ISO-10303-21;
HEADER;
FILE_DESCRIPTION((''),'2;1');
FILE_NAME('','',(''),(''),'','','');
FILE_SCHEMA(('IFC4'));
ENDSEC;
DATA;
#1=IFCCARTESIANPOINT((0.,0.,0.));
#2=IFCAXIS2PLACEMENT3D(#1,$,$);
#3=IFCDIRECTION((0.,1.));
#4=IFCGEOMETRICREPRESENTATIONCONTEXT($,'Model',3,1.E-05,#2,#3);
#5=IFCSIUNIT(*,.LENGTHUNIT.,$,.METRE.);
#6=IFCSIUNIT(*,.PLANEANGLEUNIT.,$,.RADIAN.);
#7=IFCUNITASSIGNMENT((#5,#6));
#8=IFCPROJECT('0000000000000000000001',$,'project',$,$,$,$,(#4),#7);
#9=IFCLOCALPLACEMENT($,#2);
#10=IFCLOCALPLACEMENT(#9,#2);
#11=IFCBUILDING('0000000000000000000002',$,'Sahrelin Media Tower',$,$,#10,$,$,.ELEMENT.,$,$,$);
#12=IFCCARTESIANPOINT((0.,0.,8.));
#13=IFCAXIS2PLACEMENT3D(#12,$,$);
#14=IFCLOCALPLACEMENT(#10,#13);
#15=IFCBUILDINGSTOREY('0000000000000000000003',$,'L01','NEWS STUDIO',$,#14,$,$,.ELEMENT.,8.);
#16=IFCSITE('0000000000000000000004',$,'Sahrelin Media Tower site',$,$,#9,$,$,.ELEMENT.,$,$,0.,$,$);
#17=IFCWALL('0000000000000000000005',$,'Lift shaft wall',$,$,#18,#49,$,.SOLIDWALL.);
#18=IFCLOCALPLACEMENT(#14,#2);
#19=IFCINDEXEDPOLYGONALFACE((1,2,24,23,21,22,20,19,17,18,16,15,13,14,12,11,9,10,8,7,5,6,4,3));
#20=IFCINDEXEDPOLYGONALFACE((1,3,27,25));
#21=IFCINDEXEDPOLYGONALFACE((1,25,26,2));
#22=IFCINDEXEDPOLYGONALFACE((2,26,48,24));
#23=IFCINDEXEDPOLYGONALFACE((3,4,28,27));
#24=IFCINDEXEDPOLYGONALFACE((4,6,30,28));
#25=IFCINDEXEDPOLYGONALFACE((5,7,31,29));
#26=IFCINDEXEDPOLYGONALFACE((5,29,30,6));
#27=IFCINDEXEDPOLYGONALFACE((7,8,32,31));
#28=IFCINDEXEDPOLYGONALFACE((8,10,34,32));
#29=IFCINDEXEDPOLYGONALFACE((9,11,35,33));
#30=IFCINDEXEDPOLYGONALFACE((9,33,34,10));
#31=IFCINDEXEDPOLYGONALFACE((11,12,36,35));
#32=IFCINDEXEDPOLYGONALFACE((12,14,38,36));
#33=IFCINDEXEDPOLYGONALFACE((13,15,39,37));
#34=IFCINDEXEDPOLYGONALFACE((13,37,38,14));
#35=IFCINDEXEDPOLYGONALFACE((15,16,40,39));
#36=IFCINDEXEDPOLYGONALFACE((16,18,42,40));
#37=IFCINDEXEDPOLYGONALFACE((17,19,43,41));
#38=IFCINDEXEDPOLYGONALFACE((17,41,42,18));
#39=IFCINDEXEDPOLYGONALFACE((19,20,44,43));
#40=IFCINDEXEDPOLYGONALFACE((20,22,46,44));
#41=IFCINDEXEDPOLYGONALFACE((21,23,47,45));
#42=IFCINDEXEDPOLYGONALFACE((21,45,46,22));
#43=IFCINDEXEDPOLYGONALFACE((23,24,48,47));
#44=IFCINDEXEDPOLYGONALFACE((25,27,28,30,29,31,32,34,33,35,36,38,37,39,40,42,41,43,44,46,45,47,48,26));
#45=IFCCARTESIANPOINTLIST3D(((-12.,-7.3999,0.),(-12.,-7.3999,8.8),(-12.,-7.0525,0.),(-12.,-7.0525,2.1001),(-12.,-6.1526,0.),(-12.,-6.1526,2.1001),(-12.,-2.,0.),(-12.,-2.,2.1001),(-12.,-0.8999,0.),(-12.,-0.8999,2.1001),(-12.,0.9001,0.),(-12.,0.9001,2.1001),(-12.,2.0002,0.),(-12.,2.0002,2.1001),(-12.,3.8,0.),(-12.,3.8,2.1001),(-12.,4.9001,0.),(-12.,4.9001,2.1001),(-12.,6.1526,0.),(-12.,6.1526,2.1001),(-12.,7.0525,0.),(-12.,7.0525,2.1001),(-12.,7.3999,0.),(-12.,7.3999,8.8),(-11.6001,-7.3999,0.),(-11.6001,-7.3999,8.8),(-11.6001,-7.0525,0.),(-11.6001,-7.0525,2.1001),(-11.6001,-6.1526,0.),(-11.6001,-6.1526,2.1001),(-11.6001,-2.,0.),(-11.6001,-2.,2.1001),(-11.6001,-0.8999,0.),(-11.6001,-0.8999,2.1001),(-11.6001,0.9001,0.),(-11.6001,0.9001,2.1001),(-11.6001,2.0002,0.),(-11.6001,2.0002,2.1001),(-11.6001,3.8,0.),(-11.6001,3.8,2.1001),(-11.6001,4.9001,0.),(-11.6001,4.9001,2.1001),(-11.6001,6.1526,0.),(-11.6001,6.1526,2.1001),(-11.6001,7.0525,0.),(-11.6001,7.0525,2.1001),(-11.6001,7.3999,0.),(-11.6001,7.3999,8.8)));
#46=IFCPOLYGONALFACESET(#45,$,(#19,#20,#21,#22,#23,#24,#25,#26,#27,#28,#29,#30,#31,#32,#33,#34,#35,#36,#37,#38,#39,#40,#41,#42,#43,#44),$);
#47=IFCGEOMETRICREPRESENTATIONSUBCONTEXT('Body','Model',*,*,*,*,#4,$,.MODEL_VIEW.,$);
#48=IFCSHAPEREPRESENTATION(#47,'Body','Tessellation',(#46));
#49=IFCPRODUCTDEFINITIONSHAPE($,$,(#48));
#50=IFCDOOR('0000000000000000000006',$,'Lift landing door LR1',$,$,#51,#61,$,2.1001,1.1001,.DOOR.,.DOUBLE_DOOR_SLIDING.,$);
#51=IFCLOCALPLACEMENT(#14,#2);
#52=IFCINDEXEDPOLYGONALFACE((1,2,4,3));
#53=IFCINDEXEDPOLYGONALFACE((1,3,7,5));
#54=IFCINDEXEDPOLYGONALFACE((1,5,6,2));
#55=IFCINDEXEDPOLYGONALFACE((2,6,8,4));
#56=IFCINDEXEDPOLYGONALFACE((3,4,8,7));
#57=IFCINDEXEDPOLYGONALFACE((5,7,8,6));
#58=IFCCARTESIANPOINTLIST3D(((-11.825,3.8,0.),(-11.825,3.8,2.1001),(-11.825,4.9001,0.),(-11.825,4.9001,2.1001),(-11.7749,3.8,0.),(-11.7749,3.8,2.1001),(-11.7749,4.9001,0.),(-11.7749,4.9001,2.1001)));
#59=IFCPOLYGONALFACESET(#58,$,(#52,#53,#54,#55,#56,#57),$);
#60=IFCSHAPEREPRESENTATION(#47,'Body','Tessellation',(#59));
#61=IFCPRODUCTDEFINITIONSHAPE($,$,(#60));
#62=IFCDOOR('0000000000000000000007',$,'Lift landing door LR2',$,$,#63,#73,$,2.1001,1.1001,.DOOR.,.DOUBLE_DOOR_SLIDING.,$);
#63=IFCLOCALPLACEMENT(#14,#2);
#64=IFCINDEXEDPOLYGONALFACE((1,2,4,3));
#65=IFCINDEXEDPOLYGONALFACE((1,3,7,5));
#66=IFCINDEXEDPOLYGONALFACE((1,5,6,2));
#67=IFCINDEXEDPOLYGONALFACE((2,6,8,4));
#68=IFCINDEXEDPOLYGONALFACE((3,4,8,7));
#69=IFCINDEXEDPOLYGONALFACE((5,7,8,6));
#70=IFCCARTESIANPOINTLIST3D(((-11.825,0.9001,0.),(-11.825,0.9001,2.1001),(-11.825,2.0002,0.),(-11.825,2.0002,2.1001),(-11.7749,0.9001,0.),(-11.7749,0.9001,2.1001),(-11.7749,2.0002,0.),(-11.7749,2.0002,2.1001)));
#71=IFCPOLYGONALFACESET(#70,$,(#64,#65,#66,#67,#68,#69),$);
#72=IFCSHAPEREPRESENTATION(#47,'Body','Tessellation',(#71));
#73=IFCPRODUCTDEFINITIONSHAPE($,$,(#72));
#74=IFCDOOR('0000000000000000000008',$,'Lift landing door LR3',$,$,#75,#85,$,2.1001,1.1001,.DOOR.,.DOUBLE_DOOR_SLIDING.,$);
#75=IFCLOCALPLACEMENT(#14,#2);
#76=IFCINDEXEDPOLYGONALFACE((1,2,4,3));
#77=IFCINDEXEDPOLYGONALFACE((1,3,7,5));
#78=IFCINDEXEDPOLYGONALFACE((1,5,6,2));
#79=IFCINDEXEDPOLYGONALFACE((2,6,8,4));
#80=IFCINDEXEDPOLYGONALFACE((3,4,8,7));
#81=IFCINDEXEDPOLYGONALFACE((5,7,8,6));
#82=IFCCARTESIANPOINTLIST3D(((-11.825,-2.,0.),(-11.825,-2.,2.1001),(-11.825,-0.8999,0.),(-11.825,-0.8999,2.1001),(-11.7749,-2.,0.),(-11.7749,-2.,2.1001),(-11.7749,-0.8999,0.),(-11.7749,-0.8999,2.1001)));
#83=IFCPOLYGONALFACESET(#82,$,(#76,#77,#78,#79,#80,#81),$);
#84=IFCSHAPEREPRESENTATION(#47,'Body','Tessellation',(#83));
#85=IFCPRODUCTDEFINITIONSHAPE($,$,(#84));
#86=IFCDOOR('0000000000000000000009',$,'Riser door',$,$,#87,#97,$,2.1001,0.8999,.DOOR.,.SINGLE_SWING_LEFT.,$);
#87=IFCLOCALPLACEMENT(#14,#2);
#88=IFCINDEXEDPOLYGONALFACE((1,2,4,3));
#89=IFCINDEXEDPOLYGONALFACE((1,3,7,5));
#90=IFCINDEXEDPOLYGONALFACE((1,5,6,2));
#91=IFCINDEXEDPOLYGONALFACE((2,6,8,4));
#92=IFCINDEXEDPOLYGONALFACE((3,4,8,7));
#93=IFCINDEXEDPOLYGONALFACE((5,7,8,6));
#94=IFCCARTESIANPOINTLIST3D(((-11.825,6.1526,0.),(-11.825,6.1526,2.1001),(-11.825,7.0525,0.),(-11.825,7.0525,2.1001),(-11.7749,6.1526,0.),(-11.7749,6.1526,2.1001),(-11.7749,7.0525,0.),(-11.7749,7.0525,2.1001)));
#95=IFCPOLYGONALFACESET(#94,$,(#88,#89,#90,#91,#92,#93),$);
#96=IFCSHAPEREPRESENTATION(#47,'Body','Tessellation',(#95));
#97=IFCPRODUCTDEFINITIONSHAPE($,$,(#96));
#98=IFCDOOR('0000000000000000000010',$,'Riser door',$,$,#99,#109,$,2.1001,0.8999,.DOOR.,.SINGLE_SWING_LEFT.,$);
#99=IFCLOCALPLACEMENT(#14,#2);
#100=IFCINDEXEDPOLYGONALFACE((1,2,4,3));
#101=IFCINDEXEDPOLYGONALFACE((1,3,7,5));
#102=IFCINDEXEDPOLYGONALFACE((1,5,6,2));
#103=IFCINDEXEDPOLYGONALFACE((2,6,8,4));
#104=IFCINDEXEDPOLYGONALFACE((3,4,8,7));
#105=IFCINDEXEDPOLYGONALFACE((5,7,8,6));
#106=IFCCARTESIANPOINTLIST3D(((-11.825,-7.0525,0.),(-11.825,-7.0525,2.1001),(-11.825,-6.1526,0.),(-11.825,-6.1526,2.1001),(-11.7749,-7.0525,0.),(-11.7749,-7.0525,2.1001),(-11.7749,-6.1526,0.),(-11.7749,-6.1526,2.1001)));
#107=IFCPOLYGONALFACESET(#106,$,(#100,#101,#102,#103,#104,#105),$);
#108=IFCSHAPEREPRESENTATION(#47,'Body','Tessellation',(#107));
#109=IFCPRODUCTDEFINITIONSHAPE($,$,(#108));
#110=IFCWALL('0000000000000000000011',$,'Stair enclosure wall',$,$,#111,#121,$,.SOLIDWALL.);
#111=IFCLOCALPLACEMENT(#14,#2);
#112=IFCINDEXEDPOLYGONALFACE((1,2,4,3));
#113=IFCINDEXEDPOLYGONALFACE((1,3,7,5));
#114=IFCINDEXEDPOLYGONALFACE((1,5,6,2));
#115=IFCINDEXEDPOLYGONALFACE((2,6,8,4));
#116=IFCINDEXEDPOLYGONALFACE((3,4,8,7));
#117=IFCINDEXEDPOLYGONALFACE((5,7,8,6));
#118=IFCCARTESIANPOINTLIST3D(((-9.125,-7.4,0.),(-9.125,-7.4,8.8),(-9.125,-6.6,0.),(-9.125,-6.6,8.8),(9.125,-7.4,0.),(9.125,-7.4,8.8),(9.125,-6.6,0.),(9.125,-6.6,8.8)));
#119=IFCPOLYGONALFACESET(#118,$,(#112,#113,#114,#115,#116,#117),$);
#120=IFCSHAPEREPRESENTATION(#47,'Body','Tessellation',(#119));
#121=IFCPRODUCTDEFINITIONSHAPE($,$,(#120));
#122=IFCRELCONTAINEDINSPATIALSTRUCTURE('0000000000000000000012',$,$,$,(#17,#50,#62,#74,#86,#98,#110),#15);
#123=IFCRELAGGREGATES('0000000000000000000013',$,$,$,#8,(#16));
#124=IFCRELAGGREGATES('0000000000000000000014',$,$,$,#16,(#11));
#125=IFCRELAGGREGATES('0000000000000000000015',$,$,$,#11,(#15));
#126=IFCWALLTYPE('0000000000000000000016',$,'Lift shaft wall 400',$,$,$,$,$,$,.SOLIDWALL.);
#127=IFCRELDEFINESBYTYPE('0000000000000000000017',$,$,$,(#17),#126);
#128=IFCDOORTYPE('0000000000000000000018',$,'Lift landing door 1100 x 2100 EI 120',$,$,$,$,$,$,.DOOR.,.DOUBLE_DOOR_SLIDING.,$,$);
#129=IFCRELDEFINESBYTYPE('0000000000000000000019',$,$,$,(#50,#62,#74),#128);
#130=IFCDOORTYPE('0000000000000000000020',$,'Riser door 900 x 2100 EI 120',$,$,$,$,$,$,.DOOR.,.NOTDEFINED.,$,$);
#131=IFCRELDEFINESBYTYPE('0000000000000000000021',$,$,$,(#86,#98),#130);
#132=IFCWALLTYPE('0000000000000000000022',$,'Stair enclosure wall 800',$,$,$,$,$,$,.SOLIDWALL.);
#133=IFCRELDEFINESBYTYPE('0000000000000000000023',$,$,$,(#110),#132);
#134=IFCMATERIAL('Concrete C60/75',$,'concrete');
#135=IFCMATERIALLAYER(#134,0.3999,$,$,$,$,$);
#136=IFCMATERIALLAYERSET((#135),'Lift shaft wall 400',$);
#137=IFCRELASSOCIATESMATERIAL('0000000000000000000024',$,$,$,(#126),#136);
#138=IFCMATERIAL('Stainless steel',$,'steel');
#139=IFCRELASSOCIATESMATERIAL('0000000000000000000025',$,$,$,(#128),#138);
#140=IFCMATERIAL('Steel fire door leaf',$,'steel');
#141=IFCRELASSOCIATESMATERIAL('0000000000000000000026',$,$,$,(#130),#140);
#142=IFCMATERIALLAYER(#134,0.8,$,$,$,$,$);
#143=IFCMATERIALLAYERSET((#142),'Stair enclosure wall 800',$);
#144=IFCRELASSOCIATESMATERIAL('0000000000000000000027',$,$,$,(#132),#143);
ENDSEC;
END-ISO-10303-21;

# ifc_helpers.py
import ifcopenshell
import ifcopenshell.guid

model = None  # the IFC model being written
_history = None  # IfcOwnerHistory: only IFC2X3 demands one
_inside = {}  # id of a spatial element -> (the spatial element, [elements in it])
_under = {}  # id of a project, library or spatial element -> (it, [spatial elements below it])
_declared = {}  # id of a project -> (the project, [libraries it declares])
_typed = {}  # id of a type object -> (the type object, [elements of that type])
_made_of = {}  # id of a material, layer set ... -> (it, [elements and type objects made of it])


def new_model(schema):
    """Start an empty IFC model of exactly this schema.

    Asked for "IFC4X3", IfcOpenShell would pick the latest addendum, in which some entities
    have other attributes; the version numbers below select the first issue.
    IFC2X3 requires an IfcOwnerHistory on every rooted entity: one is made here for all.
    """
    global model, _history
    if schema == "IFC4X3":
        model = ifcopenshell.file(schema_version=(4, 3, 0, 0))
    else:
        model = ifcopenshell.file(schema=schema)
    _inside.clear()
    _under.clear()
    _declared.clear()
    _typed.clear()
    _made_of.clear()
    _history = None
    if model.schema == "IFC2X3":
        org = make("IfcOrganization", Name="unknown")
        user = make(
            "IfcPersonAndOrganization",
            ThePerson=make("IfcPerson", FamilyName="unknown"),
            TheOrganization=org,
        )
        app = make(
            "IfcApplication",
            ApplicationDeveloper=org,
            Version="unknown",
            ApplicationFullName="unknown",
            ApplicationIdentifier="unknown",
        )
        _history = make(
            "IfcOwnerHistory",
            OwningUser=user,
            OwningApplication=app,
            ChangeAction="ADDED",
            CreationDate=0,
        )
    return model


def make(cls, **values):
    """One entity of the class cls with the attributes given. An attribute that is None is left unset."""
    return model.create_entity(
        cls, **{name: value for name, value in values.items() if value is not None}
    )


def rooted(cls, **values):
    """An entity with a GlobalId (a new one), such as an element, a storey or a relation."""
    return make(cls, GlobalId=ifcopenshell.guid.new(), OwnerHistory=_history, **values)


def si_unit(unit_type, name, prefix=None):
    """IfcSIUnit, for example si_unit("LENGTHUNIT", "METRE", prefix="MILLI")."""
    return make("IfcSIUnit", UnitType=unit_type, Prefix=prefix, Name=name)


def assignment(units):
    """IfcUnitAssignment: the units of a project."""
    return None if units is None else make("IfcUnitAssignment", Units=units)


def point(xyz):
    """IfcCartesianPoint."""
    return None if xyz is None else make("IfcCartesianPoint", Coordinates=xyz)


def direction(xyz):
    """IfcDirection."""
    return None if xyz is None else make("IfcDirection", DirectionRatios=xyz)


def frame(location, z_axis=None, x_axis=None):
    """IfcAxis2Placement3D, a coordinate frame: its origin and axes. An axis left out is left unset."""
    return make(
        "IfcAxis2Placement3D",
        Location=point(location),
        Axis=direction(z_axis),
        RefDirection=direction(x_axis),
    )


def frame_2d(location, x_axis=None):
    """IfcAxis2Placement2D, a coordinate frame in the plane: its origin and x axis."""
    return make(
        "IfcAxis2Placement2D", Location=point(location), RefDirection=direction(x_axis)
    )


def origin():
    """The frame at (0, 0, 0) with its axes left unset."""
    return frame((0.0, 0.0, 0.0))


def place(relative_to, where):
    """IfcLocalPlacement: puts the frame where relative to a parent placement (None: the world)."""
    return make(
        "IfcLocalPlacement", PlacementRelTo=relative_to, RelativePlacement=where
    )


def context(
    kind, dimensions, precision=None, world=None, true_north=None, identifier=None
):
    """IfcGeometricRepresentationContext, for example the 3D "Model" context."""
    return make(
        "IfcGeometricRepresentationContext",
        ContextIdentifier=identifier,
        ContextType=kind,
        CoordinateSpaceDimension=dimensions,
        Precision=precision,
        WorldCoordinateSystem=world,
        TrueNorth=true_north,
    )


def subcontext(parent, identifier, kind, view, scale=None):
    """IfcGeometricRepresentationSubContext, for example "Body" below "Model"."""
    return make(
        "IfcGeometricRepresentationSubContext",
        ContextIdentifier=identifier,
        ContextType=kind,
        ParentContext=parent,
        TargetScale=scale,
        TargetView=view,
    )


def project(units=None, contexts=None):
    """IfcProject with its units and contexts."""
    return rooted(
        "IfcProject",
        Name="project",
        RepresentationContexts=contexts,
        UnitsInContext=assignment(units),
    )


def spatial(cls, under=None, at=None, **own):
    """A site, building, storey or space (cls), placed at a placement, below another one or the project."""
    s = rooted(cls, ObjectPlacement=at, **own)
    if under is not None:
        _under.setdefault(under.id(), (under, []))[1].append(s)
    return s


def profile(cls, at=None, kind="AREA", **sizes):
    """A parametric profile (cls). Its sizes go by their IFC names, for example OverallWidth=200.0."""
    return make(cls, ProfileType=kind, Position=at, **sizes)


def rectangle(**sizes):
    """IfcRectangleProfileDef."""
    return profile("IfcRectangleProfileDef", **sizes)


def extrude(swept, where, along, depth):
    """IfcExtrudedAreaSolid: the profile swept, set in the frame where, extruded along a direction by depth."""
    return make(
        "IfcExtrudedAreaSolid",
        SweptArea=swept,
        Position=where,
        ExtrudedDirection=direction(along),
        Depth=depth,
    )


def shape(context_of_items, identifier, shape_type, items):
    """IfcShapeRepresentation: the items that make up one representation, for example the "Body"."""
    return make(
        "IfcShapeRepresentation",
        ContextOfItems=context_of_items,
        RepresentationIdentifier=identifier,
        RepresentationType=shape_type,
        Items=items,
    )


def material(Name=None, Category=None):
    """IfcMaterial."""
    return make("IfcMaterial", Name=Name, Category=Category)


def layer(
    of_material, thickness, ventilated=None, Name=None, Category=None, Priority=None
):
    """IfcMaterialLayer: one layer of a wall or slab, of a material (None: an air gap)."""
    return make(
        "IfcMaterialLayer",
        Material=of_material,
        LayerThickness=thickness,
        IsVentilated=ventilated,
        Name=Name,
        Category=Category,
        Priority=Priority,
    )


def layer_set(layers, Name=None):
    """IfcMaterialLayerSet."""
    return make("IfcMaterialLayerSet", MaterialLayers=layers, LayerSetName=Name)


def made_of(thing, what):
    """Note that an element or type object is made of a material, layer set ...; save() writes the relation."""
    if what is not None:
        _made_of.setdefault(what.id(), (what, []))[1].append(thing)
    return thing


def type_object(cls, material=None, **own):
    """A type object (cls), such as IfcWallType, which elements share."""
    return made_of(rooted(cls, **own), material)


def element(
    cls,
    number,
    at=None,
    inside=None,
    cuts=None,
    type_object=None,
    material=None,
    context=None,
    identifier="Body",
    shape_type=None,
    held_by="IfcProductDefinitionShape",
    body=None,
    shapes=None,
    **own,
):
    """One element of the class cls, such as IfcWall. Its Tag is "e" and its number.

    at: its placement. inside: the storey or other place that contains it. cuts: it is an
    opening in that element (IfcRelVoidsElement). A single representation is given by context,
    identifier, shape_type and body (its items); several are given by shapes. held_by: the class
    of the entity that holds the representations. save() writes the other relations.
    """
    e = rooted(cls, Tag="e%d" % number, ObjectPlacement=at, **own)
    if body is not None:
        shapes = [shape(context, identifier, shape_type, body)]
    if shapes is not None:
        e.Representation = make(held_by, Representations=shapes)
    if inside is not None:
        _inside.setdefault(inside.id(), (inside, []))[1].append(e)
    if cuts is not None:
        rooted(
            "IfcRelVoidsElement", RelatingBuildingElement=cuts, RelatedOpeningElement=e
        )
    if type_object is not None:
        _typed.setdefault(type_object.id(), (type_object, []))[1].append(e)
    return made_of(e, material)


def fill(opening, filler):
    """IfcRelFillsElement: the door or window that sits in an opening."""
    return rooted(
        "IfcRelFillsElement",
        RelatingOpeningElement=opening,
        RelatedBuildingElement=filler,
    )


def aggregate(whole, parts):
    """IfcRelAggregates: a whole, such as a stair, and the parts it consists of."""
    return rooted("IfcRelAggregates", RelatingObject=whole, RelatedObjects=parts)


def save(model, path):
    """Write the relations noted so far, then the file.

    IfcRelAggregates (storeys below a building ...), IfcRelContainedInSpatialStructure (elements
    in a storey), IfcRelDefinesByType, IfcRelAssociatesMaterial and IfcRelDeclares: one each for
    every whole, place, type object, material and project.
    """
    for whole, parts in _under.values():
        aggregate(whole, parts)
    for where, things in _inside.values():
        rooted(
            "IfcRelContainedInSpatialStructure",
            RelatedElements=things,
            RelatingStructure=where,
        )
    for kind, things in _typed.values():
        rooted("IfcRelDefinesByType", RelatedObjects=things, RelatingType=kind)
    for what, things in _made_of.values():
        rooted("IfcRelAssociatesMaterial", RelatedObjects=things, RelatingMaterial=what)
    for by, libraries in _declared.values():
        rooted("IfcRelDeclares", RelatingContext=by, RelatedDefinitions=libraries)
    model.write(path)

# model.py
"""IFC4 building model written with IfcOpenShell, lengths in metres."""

from ifc_helpers import new_model, si_unit, direction, frame, frame_2d, origin, place, context, subcontext, project, spatial, rectangle, extrude, material, layer, layer_set, type_object, element, fill, save


model = new_model("IFC4")

# Units and contexts
model_context = context("Model", 3, precision=1e-05, world=origin(), true_north=direction((0.0, 1.0)))
body_context = subcontext(model_context, "Body", "Model", "MODEL_VIEW")
ifc_project = project(units=[si_unit("LENGTHUNIT", "METRE"), si_unit("PLANEANGLEUNIT", "RADIAN")], contexts=[model_context])

# Site, building, storey
site_placement = place(None, origin())
site = spatial("IfcSite", under=ifc_project, at=site_placement, Name="Sahrelin Media Tower site", CompositionType="ELEMENT", RefElevation=0.0)
building_placement = place(site_placement, origin())
building = spatial("IfcBuilding", under=site, at=building_placement, Name="Sahrelin Media Tower", CompositionType="ELEMENT")
storey_placement = place(building_placement, frame((0.0, 0.0, 8.0)))
storey = spatial("IfcBuildingStorey", under=building, at=storey_placement, Name="L01", Description="NEWS STUDIO", CompositionType="ELEMENT", Elevation=8.0)

# Shared definitions
ifc_material_1 = material(Name="Steel fire door leaf", Category="steel")

# Shared definitions
ifc_material_2 = material(Name="Concrete C60/75", Category="concrete")
ifc_material_3 = material(Name="Stainless steel", Category="steel")

# Wall, openings, doors
ifc_layer_1 = layer(ifc_material_2, 0.3999)
ifc_layer_set_1 = layer_set([ifc_layer_1], Name="Lift shaft wall 400")
wall_type_1 = type_object("IfcWallType", Name="Lift shaft wall 400", PredefinedType="SOLIDWALL", material=ifc_layer_set_1)
wall_1_placement = place(storey_placement, frame((-11.8, -7.3999, 0.0), z_axis=(0.0, 0.0, 1.0), x_axis=(0.0, 1.0, 0.0)))
wall_1 = element("IfcWall", 1, at=wall_1_placement, inside=storey, type_object=wall_type_1, Name="Lift shaft wall", PredefinedType="SOLIDWALL", context=body_context, shape_type="SweptSolid", body=[
    extrude(rectangle(XDim=14.7998, YDim=0.3999, at=frame_2d((7.3999, 0.0))), origin(), (0.0, 0.0, 1.0), 8.8),
])
opening_1_placement = place(wall_1_placement, frame((11.2, 0.0, 0.0)))
opening_1 = element("IfcOpeningElement", 2, at=opening_1_placement, cuts=wall_1, PredefinedType="OPENING", context=body_context, shape_type="SweptSolid", body=[
    extrude(rectangle(XDim=1.1001, YDim=2.1001, at=frame_2d((0.55, 1.05))), frame((0.0, 0.2, 0.0), z_axis=(0.0, -1.0, 0.0), x_axis=(1.0, 0.0, 0.0)), (0.0, 0.0, 1.0), 0.3999),
])
opening_2_placement = place(wall_1_placement, frame((8.3, 0.0, 0.0)))
opening_2 = element("IfcOpeningElement", 3, at=opening_2_placement, cuts=wall_1, PredefinedType="OPENING", context=body_context, shape_type="SweptSolid", body=[
    extrude(rectangle(XDim=1.1001, YDim=2.1001, at=frame_2d((0.55, 1.05))), frame((0.0, 0.2, 0.0), z_axis=(0.0, -1.0, 0.0), x_axis=(1.0, 0.0, 0.0)), (0.0, 0.0, 1.0), 0.3999),
])
opening_3_placement = place(wall_1_placement, frame((5.3999, 0.0, 0.0)))
opening_3 = element("IfcOpeningElement", 4, at=opening_3_placement, cuts=wall_1, PredefinedType="OPENING", context=body_context, shape_type="SweptSolid", body=[
    extrude(rectangle(XDim=1.1001, YDim=2.1001, at=frame_2d((0.55, 1.05))), frame((0.0, 0.2, 0.0), z_axis=(0.0, -1.0, 0.0), x_axis=(1.0, 0.0, 0.0)), (0.0, 0.0, 1.0), 0.3999),
])
opening_4_placement = place(wall_1_placement, frame((13.5525, 0.0, 0.0)))
opening_4 = element("IfcOpeningElement", 5, at=opening_4_placement, cuts=wall_1, PredefinedType="OPENING", context=body_context, shape_type="SweptSolid", body=[
    extrude(rectangle(XDim=0.8999, YDim=2.1001, at=frame_2d((0.45, 1.05))), frame((0.0, 0.2, 0.0), z_axis=(0.0, -1.0, 0.0), x_axis=(1.0, 0.0, 0.0)), (0.0, 0.0, 1.0), 0.3999),
])
opening_5_placement = place(wall_1_placement, frame((0.3474, 0.0, 0.0)))
opening_5 = element("IfcOpeningElement", 6, at=opening_5_placement, cuts=wall_1, PredefinedType="OPENING", context=body_context, shape_type="SweptSolid", body=[
    extrude(rectangle(XDim=0.8999, YDim=2.1001, at=frame_2d((0.45, 1.05))), frame((0.0, 0.2, 0.0), z_axis=(0.0, -1.0, 0.0), x_axis=(1.0, 0.0, 0.0)), (0.0, 0.0, 1.0), 0.3999),
])
door_type_1 = type_object("IfcDoorType", Name="Lift landing door 1100 x 2100 EI 120", OperationType="DOUBLE_DOOR_SLIDING", PredefinedType="DOOR", material=ifc_material_3)
door_1_placement = place(opening_1_placement, origin())
door_1 = element("IfcDoor", 7, at=door_1_placement, inside=storey, type_object=door_type_1, Name="Lift landing door LR1", OperationType="DOUBLE_DOOR_SLIDING", OverallHeight=2.1001, OverallWidth=1.1001, PredefinedType="DOOR", context=body_context, shape_type="SweptSolid", body=[
    extrude(rectangle(XDim=1.1001, YDim=2.1001, at=frame_2d((0.55, 1.05))), frame((0.0, 0.0249, 0.0), z_axis=(0.0, -1.0, 0.0), x_axis=(1.0, 0.0, 0.0)), (0.0, 0.0, 1.0), 0.05),
])
fill(opening_1, door_1)
door_2_placement = place(opening_2_placement, origin())
door_2 = element("IfcDoor", 8, at=door_2_placement, inside=storey, type_object=door_type_1, Name="Lift landing door LR2", OperationType="DOUBLE_DOOR_SLIDING", OverallHeight=2.1001, OverallWidth=1.1001, PredefinedType="DOOR", context=body_context, shape_type="SweptSolid", body=[
    extrude(rectangle(XDim=1.1001, YDim=2.1001, at=frame_2d((0.55, 1.05))), frame((0.0, 0.0249, 0.0), z_axis=(0.0, -1.0, 0.0), x_axis=(1.0, 0.0, 0.0)), (0.0, 0.0, 1.0), 0.05),
])
fill(opening_2, door_2)
door_3_placement = place(opening_3_placement, origin())
door_3 = element("IfcDoor", 9, at=door_3_placement, inside=storey, type_object=door_type_1, Name="Lift landing door LR3", OperationType="DOUBLE_DOOR_SLIDING", OverallHeight=2.1001, OverallWidth=1.1001, PredefinedType="DOOR", context=body_context, shape_type="SweptSolid", body=[
    extrude(rectangle(XDim=1.1001, YDim=2.1001, at=frame_2d((0.55, 1.05))), frame((0.0, 0.0249, 0.0), z_axis=(0.0, -1.0, 0.0), x_axis=(1.0, 0.0, 0.0)), (0.0, 0.0, 1.0), 0.05),
])
fill(opening_3, door_3)
door_type_2 = type_object("IfcDoorType", Name="Riser door 900 x 2100 EI 120", OperationType="NOTDEFINED", PredefinedType="DOOR", material=ifc_material_1)
door_4_placement = place(opening_4_placement, origin())
door_4 = element("IfcDoor", 10, at=door_4_placement, inside=storey, type_object=door_type_2, Name="Riser door", OperationType="SINGLE_SWING_LEFT", OverallHeight=2.1001, OverallWidth=0.8999, PredefinedType="DOOR", context=body_context, shape_type="SweptSolid", body=[
    extrude(rectangle(XDim=0.8999, YDim=2.1001, at=frame_2d((0.45, 1.05))), frame((0.0, 0.0249, 0.0), z_axis=(0.0, -1.0, 0.0), x_axis=(1.0, 0.0, 0.0)), (0.0, 0.0, 1.0), 0.05),
])
fill(opening_4, door_4)
door_5_placement = place(opening_5_placement, origin())
door_5 = element("IfcDoor", 11, at=door_5_placement, inside=storey, type_object=door_type_2, Name="Riser door", OperationType="SINGLE_SWING_LEFT", OverallHeight=2.1001, OverallWidth=0.8999, PredefinedType="DOOR", context=body_context, shape_type="SweptSolid", body=[
    extrude(rectangle(XDim=0.8999, YDim=2.1001, at=frame_2d((0.45, 1.05))), frame((0.0, 0.0249, 0.0), z_axis=(0.0, -1.0, 0.0), x_axis=(1.0, 0.0, 0.0)), (0.0, 0.0, 1.0), 0.05),
])
fill(opening_5, door_5)

# Wall
ifc_layer_2 = layer(ifc_material_2, 0.8)
ifc_layer_set_2 = layer_set([ifc_layer_2], Name="Stair enclosure wall 800")
wall_type_2 = type_object("IfcWallType", Name="Stair enclosure wall 800", PredefinedType="SOLIDWALL", material=ifc_layer_set_2)
wall_2_placement = place(storey_placement, frame((-9.125, -7.0, 0.0), z_axis=(0.0, 0.0, 1.0), x_axis=(1.0, 0.0, 0.0)))
element("IfcWall", 12, at=wall_2_placement, inside=storey, type_object=wall_type_2, Name="Stair enclosure wall", PredefinedType="SOLIDWALL", context=body_context, shape_type="SweptSolid", body=[
    extrude(rectangle(XDim=18.25, YDim=0.8, at=frame_2d((9.125, 0.0))), origin(), (0.0, 0.0, 1.0), 8.8),
])

save(model, "model.ifc")
